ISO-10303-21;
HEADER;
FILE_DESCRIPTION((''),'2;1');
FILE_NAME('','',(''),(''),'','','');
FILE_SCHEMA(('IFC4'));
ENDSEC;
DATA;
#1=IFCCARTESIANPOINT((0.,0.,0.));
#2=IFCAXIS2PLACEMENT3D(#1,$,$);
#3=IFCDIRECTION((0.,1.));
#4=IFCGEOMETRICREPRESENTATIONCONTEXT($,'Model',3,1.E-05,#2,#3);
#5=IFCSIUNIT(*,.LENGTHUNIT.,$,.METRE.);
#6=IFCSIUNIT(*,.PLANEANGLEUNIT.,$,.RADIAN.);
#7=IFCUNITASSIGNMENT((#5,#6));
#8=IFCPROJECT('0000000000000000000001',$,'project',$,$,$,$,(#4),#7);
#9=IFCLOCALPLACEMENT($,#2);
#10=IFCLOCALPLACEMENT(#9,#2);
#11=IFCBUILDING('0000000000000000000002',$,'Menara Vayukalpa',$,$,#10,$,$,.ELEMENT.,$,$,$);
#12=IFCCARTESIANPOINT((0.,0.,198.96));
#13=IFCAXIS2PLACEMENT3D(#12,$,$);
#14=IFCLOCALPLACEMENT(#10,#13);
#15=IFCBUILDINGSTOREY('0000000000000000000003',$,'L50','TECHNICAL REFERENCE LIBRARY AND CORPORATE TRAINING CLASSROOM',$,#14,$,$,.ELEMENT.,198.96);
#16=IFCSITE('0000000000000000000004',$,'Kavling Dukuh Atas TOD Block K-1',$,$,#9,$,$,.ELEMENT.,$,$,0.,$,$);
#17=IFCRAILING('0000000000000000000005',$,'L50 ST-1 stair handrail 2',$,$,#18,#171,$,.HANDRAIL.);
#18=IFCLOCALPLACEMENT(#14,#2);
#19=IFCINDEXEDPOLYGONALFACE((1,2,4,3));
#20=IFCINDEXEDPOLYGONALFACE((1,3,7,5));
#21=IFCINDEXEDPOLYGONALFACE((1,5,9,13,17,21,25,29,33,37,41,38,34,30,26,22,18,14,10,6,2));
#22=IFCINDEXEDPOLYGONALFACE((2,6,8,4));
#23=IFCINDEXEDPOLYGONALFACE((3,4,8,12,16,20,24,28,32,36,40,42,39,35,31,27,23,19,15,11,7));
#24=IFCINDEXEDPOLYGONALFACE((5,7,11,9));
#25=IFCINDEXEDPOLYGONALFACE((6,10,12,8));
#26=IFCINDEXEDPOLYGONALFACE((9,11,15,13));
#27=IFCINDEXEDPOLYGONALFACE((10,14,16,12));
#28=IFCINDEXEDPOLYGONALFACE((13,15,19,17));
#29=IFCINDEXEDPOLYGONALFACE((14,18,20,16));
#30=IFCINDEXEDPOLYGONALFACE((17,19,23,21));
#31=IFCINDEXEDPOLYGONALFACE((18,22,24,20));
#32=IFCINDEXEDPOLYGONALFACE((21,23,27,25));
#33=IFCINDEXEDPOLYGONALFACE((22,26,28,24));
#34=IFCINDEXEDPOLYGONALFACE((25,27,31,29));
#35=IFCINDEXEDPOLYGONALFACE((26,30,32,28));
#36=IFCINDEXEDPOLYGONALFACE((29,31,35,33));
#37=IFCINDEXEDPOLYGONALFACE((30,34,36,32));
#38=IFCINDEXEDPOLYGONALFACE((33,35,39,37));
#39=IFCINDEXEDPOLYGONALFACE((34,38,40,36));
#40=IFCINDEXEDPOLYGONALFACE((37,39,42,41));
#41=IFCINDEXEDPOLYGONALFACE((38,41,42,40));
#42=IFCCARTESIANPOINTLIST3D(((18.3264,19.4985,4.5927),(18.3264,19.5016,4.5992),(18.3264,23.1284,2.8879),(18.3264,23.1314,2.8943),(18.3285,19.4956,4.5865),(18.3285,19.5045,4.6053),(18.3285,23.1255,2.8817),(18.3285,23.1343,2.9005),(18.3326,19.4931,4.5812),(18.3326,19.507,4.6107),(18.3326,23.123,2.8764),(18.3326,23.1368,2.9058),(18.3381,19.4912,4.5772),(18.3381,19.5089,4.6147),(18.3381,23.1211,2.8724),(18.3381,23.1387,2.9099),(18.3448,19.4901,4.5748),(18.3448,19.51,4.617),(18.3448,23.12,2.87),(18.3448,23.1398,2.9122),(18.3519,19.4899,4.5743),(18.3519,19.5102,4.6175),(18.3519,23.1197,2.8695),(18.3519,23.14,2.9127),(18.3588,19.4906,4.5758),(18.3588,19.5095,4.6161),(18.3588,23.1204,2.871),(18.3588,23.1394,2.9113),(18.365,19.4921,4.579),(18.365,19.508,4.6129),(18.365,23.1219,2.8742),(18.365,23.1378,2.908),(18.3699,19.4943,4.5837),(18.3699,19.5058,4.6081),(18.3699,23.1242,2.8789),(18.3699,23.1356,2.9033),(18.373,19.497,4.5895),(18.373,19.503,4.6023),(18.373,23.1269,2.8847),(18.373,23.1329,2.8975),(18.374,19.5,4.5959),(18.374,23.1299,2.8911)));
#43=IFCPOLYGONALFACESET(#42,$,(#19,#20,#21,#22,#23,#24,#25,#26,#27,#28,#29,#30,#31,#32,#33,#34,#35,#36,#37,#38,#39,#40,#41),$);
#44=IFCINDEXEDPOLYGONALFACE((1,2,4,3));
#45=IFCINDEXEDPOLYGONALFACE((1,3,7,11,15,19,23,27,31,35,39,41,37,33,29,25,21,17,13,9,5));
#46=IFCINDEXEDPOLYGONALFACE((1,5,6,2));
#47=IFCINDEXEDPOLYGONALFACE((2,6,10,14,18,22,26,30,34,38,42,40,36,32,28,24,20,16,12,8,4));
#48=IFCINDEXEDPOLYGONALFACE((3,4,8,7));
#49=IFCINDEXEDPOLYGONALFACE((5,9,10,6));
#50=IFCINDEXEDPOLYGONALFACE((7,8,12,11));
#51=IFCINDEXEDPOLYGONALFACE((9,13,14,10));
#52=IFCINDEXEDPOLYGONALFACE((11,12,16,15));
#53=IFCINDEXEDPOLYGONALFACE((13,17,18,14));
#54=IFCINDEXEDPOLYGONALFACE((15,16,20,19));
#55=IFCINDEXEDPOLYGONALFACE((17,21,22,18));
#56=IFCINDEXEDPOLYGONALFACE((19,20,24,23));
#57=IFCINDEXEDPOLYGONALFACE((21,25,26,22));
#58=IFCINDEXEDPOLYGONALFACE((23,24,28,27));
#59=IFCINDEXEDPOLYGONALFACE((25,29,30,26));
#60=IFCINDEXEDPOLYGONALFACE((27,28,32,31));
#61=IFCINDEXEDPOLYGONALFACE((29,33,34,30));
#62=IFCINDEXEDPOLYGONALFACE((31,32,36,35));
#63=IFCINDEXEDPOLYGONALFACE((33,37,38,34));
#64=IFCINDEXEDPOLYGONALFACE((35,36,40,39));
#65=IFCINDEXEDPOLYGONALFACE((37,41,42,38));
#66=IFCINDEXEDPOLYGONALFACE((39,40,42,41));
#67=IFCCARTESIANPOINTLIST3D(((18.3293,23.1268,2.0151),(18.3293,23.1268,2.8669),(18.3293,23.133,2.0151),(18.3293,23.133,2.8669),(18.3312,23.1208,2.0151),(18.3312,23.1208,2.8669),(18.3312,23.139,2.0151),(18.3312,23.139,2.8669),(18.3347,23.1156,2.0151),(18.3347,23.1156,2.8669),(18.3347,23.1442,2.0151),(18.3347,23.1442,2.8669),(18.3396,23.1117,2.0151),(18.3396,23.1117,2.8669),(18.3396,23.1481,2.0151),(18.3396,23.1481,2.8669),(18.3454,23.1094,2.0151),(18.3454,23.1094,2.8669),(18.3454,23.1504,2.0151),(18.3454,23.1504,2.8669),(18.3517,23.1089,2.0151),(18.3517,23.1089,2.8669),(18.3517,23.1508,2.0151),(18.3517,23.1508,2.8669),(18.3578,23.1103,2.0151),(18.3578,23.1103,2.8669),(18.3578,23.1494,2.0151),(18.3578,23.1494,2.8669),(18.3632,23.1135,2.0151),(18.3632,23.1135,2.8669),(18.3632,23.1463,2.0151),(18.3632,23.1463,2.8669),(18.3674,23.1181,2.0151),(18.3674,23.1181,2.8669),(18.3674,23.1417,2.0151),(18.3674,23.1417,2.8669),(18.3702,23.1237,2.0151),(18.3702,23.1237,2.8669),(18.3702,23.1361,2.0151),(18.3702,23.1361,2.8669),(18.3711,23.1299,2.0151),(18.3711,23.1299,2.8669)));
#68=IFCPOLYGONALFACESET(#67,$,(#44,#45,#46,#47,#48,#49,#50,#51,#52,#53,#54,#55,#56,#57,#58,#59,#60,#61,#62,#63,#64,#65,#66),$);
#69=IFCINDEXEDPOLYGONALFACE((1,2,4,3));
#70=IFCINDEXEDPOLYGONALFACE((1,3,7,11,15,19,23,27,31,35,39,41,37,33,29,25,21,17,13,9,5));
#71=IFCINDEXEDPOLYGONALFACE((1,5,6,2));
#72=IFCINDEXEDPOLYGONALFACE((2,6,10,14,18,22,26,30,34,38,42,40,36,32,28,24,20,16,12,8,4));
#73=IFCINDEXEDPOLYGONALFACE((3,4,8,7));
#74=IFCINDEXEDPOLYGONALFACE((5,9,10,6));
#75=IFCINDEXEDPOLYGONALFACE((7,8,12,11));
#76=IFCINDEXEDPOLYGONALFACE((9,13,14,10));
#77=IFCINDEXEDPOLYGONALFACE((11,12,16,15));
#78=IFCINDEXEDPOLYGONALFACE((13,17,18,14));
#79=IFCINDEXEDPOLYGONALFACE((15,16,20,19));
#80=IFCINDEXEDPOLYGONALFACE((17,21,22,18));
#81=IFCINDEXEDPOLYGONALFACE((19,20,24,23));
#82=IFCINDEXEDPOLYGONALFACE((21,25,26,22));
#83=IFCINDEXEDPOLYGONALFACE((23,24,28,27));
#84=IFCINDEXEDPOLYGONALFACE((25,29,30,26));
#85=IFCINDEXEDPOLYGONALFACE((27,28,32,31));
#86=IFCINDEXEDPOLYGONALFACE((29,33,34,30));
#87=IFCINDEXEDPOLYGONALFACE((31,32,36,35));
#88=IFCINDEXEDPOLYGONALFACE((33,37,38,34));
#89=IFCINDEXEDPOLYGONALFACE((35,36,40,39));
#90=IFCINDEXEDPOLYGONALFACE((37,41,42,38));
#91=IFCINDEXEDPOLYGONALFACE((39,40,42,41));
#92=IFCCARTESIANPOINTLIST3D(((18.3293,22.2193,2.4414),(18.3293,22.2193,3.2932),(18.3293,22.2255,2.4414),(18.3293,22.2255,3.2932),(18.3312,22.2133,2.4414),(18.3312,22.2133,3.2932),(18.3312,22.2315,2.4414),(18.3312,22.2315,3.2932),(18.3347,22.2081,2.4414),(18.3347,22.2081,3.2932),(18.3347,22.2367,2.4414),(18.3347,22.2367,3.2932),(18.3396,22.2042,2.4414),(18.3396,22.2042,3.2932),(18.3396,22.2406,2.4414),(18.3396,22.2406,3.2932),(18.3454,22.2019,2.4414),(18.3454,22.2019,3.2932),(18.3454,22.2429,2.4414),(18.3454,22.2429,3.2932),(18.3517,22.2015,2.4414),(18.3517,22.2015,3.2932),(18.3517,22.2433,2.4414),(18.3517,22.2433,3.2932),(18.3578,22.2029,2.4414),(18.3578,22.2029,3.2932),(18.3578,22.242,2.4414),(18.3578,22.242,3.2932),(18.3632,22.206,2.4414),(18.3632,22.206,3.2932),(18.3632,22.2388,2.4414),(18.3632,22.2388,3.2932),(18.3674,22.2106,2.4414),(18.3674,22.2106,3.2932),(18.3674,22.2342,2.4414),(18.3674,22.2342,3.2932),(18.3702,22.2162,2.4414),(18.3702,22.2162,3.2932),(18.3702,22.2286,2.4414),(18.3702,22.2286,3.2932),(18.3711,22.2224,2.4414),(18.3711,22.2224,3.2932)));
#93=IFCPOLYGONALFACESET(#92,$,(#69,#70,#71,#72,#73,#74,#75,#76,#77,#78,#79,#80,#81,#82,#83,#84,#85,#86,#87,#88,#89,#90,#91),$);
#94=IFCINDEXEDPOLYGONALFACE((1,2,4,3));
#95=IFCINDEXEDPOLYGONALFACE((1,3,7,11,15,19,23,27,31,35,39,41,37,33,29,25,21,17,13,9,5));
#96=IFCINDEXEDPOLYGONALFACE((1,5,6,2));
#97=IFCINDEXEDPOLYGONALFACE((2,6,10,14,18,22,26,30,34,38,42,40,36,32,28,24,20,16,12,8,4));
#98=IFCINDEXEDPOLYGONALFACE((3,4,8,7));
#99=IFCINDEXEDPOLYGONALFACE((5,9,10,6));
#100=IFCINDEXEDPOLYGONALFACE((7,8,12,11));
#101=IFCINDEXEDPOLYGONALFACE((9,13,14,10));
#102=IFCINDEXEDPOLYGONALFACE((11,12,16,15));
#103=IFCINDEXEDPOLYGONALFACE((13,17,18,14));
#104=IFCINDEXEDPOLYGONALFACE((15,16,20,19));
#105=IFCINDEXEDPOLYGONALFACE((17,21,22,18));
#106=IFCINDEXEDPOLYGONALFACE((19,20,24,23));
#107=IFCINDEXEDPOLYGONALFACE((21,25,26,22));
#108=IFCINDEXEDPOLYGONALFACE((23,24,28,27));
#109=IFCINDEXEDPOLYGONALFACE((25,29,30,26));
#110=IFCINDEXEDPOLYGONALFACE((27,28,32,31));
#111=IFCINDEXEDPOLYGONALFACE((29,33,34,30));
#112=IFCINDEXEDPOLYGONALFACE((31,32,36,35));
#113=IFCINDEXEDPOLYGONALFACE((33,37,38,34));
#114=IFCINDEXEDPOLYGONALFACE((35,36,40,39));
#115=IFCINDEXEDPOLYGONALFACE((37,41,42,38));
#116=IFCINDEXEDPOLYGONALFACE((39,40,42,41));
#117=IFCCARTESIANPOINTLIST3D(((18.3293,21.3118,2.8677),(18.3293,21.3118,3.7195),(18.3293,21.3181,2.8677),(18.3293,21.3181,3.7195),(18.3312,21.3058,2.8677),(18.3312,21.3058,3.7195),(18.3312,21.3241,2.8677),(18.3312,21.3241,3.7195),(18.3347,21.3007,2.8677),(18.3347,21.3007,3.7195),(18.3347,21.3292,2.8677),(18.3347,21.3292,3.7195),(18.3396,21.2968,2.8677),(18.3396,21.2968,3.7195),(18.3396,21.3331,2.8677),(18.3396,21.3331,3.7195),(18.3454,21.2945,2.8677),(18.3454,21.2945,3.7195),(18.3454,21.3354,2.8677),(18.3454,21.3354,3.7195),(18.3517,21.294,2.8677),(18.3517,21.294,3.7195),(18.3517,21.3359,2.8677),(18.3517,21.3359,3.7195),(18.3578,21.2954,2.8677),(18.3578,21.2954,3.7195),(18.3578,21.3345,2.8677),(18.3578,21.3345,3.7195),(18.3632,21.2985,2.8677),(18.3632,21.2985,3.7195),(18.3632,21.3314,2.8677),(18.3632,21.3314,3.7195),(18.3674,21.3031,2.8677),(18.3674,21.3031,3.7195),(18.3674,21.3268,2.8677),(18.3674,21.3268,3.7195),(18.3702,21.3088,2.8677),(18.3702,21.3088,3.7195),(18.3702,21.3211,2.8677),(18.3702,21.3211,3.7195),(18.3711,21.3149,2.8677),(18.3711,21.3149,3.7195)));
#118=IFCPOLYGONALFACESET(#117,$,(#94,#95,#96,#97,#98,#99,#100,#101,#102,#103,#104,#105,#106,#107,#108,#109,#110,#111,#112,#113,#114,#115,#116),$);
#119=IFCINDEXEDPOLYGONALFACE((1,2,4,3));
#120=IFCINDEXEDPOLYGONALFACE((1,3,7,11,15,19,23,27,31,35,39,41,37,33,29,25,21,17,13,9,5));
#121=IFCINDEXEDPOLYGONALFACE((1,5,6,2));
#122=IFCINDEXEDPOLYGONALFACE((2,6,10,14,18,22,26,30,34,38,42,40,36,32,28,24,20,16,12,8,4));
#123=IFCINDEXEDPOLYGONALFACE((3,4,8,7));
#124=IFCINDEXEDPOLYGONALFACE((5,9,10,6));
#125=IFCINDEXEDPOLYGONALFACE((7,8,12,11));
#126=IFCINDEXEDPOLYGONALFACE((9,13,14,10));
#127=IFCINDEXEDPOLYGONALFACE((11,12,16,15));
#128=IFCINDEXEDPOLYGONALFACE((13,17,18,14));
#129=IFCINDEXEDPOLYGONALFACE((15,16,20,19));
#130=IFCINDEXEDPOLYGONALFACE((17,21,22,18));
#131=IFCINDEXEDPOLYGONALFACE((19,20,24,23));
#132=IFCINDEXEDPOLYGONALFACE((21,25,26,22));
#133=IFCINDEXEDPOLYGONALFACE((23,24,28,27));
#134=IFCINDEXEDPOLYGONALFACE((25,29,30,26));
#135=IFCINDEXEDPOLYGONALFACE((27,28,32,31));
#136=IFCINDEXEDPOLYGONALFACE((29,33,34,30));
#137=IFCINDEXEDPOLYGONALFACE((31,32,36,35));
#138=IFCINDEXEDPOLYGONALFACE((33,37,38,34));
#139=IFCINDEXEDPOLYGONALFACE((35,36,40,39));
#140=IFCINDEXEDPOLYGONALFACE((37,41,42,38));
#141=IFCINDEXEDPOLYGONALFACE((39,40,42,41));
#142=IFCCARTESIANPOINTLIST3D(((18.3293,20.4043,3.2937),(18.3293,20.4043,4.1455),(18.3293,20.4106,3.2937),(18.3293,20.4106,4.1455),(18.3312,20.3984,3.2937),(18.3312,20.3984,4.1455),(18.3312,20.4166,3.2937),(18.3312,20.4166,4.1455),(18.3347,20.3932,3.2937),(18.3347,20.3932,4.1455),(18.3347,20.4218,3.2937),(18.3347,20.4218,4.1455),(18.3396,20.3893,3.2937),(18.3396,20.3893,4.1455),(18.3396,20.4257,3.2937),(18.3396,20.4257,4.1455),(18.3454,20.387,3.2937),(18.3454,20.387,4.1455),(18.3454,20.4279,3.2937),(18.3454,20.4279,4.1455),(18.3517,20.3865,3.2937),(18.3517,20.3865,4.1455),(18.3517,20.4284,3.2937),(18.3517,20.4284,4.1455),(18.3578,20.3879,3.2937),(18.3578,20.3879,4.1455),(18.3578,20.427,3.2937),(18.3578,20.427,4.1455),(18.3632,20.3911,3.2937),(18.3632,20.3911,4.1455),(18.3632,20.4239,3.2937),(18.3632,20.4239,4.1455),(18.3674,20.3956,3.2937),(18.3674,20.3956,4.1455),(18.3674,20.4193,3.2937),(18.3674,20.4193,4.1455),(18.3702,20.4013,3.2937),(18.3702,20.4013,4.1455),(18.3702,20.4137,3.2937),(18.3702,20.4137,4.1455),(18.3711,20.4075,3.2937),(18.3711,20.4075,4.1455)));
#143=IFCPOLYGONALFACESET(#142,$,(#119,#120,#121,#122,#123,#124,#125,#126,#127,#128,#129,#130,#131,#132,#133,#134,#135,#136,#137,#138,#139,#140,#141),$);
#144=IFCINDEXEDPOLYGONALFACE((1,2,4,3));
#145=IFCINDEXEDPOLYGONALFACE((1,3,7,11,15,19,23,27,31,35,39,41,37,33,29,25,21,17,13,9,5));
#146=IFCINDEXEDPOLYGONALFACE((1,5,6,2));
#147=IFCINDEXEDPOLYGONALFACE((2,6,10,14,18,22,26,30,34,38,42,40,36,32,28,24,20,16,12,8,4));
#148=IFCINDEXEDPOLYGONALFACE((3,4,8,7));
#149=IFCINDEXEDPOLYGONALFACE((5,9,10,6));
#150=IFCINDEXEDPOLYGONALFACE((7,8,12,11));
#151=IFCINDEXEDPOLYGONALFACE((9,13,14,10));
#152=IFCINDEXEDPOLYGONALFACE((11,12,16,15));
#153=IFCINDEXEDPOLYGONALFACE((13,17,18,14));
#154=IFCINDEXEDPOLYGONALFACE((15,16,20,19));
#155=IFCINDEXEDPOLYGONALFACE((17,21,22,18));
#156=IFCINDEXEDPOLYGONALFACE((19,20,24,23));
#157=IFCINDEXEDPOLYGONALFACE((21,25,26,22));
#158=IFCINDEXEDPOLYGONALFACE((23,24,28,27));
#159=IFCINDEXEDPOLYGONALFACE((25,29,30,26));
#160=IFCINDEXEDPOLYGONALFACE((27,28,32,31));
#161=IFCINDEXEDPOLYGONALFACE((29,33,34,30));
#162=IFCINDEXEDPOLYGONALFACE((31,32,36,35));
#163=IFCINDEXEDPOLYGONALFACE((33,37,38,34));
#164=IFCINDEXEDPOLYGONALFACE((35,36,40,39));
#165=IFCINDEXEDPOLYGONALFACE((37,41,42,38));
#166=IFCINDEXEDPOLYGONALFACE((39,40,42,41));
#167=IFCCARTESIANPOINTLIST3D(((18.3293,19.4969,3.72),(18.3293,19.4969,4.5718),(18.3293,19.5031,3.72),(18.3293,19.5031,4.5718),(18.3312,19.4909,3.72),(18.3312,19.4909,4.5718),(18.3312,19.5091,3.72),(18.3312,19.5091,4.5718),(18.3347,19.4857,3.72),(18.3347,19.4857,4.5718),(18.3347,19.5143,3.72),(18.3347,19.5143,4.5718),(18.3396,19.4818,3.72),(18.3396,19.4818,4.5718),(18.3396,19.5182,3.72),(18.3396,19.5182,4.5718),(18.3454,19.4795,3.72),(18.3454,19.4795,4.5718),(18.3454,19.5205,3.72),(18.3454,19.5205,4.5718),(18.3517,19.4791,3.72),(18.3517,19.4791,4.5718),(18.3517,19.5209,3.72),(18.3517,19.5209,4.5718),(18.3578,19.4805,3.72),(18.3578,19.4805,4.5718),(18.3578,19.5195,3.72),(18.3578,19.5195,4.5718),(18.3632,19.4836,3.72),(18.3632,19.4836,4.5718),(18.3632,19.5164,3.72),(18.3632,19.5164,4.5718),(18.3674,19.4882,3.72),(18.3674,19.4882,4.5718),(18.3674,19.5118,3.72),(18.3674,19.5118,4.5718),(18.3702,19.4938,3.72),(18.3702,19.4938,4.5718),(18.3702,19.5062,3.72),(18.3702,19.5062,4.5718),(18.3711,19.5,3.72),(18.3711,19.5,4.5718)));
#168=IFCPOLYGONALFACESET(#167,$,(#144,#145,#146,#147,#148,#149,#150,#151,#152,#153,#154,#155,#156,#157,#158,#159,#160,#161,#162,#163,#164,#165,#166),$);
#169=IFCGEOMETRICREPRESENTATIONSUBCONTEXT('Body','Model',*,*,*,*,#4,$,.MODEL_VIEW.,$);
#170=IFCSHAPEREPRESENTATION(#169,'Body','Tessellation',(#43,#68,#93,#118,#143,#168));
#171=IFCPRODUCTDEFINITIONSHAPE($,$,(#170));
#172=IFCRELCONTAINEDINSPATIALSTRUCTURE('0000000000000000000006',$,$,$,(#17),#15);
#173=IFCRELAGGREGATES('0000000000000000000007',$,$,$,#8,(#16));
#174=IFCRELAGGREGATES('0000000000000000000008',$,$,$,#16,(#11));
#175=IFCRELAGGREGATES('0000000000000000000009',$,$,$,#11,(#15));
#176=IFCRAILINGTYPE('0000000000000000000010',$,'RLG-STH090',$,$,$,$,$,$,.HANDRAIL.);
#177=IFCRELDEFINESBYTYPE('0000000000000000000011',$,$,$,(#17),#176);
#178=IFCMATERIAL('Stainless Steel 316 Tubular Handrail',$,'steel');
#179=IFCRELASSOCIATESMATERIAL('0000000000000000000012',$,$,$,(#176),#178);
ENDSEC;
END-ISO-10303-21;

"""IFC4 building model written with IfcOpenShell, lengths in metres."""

from ifc_helpers import new_model, si_unit, direction, frame, origin, origin_2d, place, context, subcontext, project, spatial, circle, extrude, material, type_object, element, save


model = new_model("IFC4")

# Units and contexts
model_context = context("Model", 3, precision=1e-05, world=origin(), true_north=direction((0.0, 1.0)))
body_context = subcontext(model_context, "Body", "Model", "MODEL_VIEW")
ifc_project = project(units=[si_unit("LENGTHUNIT", "METRE"), si_unit("PLANEANGLEUNIT", "RADIAN")], contexts=[model_context])

# Site, building, storey
site_placement = place(None, origin())
site = spatial("IfcSite", under=ifc_project, at=site_placement, Name="Kavling Dukuh Atas TOD Block K-1", CompositionType="ELEMENT", RefElevation=0.0)
building_placement = place(site_placement, origin())
building = spatial("IfcBuilding", under=site, at=building_placement, Name="Menara Vayukalpa", CompositionType="ELEMENT")
storey_placement = place(building_placement, frame((0.0, 0.0, 198.96)))
storey = spatial("IfcBuildingStorey", under=building, at=storey_placement, Name="L50", Description="TECHNICAL REFERENCE LIBRARY AND CORPORATE TRAINING CLASSROOM", CompositionType="ELEMENT", Elevation=198.96)

# Railing
ifc_material_1 = material(Name="Stainless Steel 316 Tubular Handrail", Category="steel")
railing_type_1 = type_object("IfcRailingType", Name="RLG-STH090", PredefinedType="HANDRAIL", material=ifc_material_1)
railing_1_placement = place(storey_placement, frame((18.3501, 23.1299, 2.0151)))
element("IfcRailing", 1, at=railing_1_placement, inside=storey, type_object=railing_type_1, Name="L50 ST-1 stair handrail 2", PredefinedType="HANDRAIL", context=body_context, shape_type="SweptSolid", body=[
    extrude(circle(Radius=0.0239, at=origin_2d()), frame((0.0, 0.0, 0.876), z_axis=(0.0, -0.90514, 0.425114), x_axis=(1.0, 0.0, 0.0)), (0.0, 0.0, 1.0), 4.0103),
    extrude(circle(Radius=0.021, at=origin_2d()), origin(), (0.0, 0.0, 1.0), 0.8518),
    extrude(circle(Radius=0.021, at=origin_2d()), frame((0.0, -0.9075, 0.4263)), (0.0, 0.0, 1.0), 0.8518),
    extrude(circle(Radius=0.021, at=origin_2d()), frame((0.0, -1.8149, 0.8525)), (0.0, 0.0, 1.0), 0.8518),
    extrude(circle(Radius=0.021, at=origin_2d()), frame((0.0, -2.7224, 1.2786)), (0.0, 0.0, 1.0), 0.8518),
    extrude(circle(Radius=0.021, at=origin_2d()), frame((0.0, -3.6299, 1.7048)), (0.0, 0.0, 1.0), 0.8518),
])

save(model, "model.ifc")
